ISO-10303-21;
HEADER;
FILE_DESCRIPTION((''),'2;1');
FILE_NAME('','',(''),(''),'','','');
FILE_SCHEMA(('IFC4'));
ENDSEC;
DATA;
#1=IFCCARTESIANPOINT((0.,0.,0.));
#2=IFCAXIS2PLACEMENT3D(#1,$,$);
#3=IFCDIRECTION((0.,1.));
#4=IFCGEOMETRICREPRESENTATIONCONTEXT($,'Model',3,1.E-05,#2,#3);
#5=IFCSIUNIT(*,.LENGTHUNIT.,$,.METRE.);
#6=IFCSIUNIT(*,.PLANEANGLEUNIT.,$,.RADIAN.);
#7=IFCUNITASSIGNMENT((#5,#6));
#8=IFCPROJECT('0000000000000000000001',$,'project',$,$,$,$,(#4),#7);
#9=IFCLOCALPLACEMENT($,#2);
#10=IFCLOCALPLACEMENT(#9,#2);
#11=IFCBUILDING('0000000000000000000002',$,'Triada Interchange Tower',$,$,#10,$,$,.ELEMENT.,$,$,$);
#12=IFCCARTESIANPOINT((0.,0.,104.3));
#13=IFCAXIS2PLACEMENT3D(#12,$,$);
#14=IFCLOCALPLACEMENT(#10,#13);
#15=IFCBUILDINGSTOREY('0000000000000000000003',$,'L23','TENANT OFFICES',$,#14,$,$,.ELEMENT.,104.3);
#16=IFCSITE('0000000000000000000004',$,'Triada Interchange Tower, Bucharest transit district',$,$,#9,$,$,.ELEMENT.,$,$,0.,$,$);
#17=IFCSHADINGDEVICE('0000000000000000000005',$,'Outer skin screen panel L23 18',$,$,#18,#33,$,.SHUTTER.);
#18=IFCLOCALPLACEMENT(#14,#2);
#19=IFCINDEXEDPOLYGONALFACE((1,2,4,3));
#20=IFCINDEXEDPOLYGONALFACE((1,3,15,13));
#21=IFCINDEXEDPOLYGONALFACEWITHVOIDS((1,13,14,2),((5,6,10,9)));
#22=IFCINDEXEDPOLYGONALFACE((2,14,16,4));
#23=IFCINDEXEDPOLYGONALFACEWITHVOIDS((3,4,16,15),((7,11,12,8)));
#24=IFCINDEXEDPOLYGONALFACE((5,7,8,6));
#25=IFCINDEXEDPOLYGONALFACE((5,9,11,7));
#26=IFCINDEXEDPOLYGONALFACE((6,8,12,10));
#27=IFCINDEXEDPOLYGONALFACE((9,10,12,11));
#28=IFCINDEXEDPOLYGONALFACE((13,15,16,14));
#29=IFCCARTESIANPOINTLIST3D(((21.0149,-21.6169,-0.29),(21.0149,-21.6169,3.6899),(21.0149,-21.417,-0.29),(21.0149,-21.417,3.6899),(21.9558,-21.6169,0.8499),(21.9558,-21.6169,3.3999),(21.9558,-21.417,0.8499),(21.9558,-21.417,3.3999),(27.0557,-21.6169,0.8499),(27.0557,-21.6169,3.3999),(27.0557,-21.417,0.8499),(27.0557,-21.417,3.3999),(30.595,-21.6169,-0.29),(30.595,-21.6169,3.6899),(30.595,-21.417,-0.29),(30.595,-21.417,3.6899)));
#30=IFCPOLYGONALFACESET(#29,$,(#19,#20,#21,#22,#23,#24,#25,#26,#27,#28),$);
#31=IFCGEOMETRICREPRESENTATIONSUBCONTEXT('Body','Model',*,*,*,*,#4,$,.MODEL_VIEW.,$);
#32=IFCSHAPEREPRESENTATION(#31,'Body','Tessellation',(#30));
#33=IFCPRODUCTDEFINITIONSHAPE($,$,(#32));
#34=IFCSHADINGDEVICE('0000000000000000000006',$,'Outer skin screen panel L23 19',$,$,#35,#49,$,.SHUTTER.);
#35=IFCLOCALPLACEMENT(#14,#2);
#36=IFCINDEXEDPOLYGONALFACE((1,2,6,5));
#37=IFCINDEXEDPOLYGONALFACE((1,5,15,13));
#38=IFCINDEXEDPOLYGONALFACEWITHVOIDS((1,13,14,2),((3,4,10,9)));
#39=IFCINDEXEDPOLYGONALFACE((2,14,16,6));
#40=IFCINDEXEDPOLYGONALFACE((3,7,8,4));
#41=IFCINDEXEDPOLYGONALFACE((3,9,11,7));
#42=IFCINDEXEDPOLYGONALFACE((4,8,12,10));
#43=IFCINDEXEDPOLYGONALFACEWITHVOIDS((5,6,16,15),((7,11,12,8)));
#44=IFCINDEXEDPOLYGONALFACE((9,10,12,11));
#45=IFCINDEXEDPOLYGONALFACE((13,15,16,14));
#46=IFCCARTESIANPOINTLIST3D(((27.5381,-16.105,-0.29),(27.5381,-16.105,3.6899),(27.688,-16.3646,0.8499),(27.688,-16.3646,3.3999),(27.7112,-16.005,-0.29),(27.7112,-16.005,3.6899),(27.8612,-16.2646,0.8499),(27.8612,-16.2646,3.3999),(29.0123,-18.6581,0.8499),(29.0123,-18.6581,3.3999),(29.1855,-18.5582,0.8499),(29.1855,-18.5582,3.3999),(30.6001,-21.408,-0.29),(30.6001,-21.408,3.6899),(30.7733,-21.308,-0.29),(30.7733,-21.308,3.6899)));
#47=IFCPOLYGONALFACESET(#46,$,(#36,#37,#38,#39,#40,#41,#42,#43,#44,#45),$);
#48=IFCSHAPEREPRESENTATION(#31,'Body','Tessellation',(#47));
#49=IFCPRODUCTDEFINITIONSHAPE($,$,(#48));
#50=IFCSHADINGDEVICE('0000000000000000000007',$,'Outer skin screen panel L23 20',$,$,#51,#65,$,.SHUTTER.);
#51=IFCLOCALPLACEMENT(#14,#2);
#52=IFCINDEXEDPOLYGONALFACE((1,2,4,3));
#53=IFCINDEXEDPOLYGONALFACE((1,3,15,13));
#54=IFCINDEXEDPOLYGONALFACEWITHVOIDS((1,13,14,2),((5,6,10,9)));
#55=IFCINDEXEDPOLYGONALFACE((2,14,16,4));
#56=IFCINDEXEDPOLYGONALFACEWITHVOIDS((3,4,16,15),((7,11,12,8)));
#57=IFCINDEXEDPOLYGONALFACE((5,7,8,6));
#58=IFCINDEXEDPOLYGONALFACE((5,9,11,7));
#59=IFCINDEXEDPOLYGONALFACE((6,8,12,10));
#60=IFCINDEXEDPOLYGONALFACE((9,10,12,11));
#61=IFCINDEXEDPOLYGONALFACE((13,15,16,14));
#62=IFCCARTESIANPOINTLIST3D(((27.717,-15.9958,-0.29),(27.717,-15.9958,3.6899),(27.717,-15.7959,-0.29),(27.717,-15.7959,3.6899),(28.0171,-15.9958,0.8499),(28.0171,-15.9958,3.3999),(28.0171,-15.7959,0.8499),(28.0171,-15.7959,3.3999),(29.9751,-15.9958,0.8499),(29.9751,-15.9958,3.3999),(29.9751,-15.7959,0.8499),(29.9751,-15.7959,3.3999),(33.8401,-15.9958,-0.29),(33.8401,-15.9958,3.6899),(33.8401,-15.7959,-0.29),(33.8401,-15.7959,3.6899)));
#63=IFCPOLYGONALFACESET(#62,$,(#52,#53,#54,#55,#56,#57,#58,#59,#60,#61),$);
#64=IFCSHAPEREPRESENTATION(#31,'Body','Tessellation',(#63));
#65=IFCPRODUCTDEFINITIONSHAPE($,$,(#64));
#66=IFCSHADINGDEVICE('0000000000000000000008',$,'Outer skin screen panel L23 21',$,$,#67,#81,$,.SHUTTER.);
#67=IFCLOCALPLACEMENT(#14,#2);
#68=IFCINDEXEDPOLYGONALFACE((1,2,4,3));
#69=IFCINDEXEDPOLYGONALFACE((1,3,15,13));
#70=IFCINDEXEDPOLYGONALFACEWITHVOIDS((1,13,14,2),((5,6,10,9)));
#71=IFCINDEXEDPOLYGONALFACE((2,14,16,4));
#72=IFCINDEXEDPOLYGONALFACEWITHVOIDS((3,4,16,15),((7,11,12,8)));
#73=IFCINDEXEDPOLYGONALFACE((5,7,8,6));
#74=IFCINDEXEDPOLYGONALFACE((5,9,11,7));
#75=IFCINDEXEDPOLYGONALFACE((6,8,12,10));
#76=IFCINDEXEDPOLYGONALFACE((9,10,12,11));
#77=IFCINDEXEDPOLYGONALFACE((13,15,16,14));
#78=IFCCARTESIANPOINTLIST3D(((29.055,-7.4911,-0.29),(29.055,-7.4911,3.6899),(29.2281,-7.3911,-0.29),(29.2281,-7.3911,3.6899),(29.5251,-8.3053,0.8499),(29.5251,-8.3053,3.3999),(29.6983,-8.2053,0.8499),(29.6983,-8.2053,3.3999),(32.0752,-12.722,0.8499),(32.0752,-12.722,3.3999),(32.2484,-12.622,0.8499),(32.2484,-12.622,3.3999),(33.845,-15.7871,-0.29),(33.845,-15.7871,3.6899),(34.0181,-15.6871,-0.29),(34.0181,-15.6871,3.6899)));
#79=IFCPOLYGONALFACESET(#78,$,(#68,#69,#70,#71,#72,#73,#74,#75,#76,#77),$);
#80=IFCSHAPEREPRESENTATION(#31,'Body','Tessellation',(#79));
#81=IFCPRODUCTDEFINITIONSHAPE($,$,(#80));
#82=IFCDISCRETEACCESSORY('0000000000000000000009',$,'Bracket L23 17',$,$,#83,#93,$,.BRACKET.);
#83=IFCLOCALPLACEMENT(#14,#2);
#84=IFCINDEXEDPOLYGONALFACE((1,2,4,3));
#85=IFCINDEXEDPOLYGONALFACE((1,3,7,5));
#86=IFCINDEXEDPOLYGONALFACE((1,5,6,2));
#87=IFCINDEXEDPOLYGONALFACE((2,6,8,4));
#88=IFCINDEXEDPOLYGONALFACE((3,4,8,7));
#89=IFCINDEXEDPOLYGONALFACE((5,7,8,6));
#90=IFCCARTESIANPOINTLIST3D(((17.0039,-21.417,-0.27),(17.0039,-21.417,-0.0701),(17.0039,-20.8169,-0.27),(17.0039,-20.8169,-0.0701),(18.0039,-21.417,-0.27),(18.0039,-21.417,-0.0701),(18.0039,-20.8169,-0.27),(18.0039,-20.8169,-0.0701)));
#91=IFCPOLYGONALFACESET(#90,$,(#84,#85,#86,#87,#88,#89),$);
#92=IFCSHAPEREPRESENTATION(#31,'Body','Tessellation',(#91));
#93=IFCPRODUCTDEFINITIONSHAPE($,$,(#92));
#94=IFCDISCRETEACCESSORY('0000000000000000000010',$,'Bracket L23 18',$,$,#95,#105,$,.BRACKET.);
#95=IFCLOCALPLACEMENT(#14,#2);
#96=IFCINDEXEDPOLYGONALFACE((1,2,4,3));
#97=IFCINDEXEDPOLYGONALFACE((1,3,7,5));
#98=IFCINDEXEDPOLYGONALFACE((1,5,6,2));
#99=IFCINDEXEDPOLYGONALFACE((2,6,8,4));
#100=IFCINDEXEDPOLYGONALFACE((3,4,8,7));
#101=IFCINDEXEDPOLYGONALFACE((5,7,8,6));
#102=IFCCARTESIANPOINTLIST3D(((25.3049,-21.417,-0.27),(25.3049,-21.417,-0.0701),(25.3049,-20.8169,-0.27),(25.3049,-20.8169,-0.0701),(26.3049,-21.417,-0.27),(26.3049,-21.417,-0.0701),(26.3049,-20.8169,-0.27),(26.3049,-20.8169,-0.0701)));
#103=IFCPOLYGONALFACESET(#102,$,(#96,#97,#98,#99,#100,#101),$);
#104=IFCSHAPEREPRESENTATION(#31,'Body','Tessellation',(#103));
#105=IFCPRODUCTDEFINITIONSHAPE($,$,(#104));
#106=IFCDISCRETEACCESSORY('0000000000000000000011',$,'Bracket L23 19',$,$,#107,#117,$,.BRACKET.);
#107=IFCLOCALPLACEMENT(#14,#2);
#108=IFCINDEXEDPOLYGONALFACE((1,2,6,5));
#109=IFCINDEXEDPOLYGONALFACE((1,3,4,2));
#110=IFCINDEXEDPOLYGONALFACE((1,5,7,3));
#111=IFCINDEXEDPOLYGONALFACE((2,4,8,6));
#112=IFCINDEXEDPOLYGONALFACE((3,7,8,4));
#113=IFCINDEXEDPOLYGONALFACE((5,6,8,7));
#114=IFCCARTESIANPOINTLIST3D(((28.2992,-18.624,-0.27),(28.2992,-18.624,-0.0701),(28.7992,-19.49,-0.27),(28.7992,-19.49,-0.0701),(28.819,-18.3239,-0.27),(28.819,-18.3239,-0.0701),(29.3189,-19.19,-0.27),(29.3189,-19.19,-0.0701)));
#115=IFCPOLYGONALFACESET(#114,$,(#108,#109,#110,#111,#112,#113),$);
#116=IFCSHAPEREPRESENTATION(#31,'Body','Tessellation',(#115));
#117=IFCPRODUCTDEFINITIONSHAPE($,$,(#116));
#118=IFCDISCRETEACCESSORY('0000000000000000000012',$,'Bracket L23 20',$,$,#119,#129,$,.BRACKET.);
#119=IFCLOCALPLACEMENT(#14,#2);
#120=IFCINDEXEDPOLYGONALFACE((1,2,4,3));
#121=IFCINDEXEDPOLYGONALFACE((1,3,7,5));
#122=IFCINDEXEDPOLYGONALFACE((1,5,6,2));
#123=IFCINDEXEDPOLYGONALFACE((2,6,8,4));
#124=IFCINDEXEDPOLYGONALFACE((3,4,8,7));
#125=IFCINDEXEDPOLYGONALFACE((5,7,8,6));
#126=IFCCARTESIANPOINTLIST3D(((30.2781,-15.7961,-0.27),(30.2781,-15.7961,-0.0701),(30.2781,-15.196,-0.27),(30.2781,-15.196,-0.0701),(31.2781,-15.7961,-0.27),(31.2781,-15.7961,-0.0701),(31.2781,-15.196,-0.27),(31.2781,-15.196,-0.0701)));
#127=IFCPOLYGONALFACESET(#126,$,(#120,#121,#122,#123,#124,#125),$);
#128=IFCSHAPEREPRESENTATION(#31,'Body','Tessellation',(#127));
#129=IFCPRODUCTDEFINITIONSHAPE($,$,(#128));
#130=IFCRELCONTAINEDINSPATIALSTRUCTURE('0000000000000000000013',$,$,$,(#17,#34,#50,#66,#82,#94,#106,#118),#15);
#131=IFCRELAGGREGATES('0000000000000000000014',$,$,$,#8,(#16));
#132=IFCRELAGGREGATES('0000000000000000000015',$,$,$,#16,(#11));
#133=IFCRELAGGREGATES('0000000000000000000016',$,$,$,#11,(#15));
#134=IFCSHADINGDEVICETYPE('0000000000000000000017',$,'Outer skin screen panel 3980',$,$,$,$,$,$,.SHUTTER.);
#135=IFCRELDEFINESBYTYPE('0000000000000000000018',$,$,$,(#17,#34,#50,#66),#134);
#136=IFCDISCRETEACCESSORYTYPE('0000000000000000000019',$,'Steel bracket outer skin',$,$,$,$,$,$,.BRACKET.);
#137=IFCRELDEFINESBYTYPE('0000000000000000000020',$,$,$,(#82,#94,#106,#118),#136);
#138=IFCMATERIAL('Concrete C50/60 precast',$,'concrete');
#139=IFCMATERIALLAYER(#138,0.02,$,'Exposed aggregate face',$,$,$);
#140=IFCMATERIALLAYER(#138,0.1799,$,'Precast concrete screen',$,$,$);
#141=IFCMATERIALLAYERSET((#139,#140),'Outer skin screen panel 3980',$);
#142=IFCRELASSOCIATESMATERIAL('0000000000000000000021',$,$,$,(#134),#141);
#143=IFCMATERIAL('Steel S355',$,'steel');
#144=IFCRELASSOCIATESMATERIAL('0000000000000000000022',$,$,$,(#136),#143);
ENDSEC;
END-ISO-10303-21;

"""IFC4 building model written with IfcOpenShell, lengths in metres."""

from ifc_helpers import new_model, si_unit, direction, frame, origin, origin_2d, place, context, subcontext, project, spatial, polyline, rectangle, outline, extrude, material, layer, layer_set, type_object, element, save


model = new_model("IFC4")

# Units and contexts
model_context = context("Model", 3, precision=1e-05, world=origin(), true_north=direction((0.0, 1.0)))
body_context = subcontext(model_context, "Body", "Model", "MODEL_VIEW")
ifc_project = project(units=[si_unit("LENGTHUNIT", "METRE"), si_unit("PLANEANGLEUNIT", "RADIAN")], contexts=[model_context])

# Site, building, storey
site_placement = place(None, origin())
site = spatial("IfcSite", under=ifc_project, at=site_placement, Name="Triada Interchange Tower, Bucharest transit district", CompositionType="ELEMENT", RefElevation=0.0)
building_placement = place(site_placement, origin())
building = spatial("IfcBuilding", under=site, at=building_placement, Name="Triada Interchange Tower", CompositionType="ELEMENT")
storey_placement = place(building_placement, frame((0.0, 0.0, 104.3)))
storey = spatial("IfcBuildingStorey", under=building, at=storey_placement, Name="L23", Description="TENANT OFFICES", CompositionType="ELEMENT", Elevation=104.3)

# Shading devices
ifc_material_1 = material(Name="Concrete C50/60 precast", Category="concrete")
ifc_layer_1 = layer(ifc_material_1, 0.02, Name="Exposed aggregate face")
ifc_layer_2 = layer(ifc_material_1, 0.1799, Name="Precast concrete screen")
ifc_layer_set_1 = layer_set([ifc_layer_1, ifc_layer_2], Name="Outer skin screen panel 3980")
shading_device_type = type_object("IfcShadingDeviceType", Name="Outer skin screen panel 3980", PredefinedType="SHUTTER", material=ifc_layer_set_1)
shading_device_1_placement = place(storey_placement, frame((21.0149, -21.417, -0.29), z_axis=(0.0, 0.0, 1.0), x_axis=(1.0, 0.0, 0.0)))
element("IfcShadingDevice", 1, at=shading_device_1_placement, inside=storey, type_object=shading_device_type, Name="Outer skin screen panel L23 18", PredefinedType="SHUTTER", context=body_context, shape_type="SweptSolid", body=[
    extrude(outline(polyline([(0.0, 0.0), (9.5801, 0.0), (9.5801, 3.98), (0.0, 3.98), (0.0, 0.0)]), holes=[polyline([(0.9409, 1.1399), (0.9409, 3.6899), (6.0408, 3.6899), (6.0408, 1.1399), (0.9409, 1.1399)])]), frame((0.0, 0.0, 0.0), z_axis=(0.0, -1.0, 0.0), x_axis=(1.0, 0.0, 0.0)), (0.0, 0.0, 1.0), 0.2),
])
shading_device_2_placement = place(storey_placement, frame((30.6001, -21.408, -0.29), z_axis=(0.0, 0.0, 1.0), x_axis=(-0.500041, 0.866002, 0.0)))
element("IfcShadingDevice", 2, at=shading_device_2_placement, inside=storey, type_object=shading_device_type, Name="Outer skin screen panel L23 19", PredefinedType="SHUTTER", context=body_context, shape_type="SweptSolid", body=[
    extrude(outline(polyline([(0.0, 0.0), (6.1235, 0.0), (6.1235, 3.98), (0.0, 3.98), (0.0, 0.0)]), holes=[polyline([(3.1753, 1.1399), (3.1753, 3.6899), (5.8237, 3.6899), (5.8237, 1.1399), (3.1753, 1.1399)])]), frame((0.0, 0.0, 0.0), z_axis=(0.0, -1.0, 0.0), x_axis=(1.0, 0.0, 0.0)), (0.0, 0.0, 1.0), 0.2),
])
shading_device_3_placement = place(storey_placement, frame((27.717, -15.7959, -0.29), z_axis=(0.0, 0.0, 1.0), x_axis=(1.0, 0.0, 0.0)))
element("IfcShadingDevice", 3, at=shading_device_3_placement, inside=storey, type_object=shading_device_type, Name="Outer skin screen panel L23 20", PredefinedType="SHUTTER", context=body_context, shape_type="SweptSolid", body=[
    extrude(outline(polyline([(0.0, 0.0), (6.123, 0.0), (6.123, 3.98), (0.0, 3.98), (0.0, 0.0)]), holes=[polyline([(0.3, 1.1399), (0.3, 3.6899), (2.2581, 3.6899), (2.2581, 1.1399), (0.3, 1.1399)])]), frame((0.0, 0.0, 0.0), z_axis=(0.0, -1.0, 0.0), x_axis=(1.0, 0.0, 0.0)), (0.0, 0.0, 1.0), 0.2),
])
shading_device_4_placement = place(storey_placement, frame((33.845, -15.7871, -0.29), z_axis=(0.0, 0.0, 1.0), x_axis=(-0.50002, 0.866014, 0.0)))
element("IfcShadingDevice", 4, at=shading_device_4_placement, inside=storey, type_object=shading_device_type, Name="Outer skin screen panel L23 21", PredefinedType="SHUTTER", context=body_context, shape_type="SweptSolid", body=[
    extrude(outline(polyline([(0.0, 0.0), (9.5796, 0.0), (9.5796, 3.98), (0.0, 3.98), (0.0, 0.0)]), holes=[polyline([(3.5393, 1.1399), (3.5393, 3.6899), (8.6394, 3.6899), (8.6394, 1.1399), (3.5393, 1.1399)])]), frame((0.0, 0.0, 0.0), z_axis=(0.0, -1.0, 0.0), x_axis=(1.0, 0.0, 0.0)), (0.0, 0.0, 1.0), 0.2),
])

# Discrete accessories
ifc_material_2 = material(Name="Steel S355", Category="steel")
discrete_accessory_type = type_object("IfcDiscreteAccessoryType", Name="Steel bracket outer skin", PredefinedType="BRACKET", material=ifc_material_2)
for number, where, z_axis, x_axis, name in (
    (5, (17.5039, -21.1169, -0.27), (0.0, 0.0, 1.0), (0.0, -1.0, 0.0), "Bracket L23 17"),
    (6, (25.8049, -21.1169, -0.27), (0.0, 0.0, 1.0), (0.0, -1.0, 0.0), "Bracket L23 18"),
    (7, (28.8091, -18.907, -0.27), (0.0, 0.0, 1.0), (0.866044, 0.499967, 0.0), "Bracket L23 19"),
    (8, (30.7781, -15.4961, -0.27), (0.0, 0.0, 1.0), (0.0, -1.0, 0.0), "Bracket L23 20"),
):
    element("IfcDiscreteAccessory", number, at=place(storey_placement, frame(where, z_axis=z_axis, x_axis=x_axis)), inside=storey, type_object=discrete_accessory_type, Name=name, PredefinedType="BRACKET", context=body_context, shape_type="SweptSolid", body=[
        extrude(rectangle(XDim=0.6001, YDim=1.0, at=origin_2d()), origin(), (0.0, 0.0, 1.0), 0.2),
    ])

save(model, "model.ifc")
